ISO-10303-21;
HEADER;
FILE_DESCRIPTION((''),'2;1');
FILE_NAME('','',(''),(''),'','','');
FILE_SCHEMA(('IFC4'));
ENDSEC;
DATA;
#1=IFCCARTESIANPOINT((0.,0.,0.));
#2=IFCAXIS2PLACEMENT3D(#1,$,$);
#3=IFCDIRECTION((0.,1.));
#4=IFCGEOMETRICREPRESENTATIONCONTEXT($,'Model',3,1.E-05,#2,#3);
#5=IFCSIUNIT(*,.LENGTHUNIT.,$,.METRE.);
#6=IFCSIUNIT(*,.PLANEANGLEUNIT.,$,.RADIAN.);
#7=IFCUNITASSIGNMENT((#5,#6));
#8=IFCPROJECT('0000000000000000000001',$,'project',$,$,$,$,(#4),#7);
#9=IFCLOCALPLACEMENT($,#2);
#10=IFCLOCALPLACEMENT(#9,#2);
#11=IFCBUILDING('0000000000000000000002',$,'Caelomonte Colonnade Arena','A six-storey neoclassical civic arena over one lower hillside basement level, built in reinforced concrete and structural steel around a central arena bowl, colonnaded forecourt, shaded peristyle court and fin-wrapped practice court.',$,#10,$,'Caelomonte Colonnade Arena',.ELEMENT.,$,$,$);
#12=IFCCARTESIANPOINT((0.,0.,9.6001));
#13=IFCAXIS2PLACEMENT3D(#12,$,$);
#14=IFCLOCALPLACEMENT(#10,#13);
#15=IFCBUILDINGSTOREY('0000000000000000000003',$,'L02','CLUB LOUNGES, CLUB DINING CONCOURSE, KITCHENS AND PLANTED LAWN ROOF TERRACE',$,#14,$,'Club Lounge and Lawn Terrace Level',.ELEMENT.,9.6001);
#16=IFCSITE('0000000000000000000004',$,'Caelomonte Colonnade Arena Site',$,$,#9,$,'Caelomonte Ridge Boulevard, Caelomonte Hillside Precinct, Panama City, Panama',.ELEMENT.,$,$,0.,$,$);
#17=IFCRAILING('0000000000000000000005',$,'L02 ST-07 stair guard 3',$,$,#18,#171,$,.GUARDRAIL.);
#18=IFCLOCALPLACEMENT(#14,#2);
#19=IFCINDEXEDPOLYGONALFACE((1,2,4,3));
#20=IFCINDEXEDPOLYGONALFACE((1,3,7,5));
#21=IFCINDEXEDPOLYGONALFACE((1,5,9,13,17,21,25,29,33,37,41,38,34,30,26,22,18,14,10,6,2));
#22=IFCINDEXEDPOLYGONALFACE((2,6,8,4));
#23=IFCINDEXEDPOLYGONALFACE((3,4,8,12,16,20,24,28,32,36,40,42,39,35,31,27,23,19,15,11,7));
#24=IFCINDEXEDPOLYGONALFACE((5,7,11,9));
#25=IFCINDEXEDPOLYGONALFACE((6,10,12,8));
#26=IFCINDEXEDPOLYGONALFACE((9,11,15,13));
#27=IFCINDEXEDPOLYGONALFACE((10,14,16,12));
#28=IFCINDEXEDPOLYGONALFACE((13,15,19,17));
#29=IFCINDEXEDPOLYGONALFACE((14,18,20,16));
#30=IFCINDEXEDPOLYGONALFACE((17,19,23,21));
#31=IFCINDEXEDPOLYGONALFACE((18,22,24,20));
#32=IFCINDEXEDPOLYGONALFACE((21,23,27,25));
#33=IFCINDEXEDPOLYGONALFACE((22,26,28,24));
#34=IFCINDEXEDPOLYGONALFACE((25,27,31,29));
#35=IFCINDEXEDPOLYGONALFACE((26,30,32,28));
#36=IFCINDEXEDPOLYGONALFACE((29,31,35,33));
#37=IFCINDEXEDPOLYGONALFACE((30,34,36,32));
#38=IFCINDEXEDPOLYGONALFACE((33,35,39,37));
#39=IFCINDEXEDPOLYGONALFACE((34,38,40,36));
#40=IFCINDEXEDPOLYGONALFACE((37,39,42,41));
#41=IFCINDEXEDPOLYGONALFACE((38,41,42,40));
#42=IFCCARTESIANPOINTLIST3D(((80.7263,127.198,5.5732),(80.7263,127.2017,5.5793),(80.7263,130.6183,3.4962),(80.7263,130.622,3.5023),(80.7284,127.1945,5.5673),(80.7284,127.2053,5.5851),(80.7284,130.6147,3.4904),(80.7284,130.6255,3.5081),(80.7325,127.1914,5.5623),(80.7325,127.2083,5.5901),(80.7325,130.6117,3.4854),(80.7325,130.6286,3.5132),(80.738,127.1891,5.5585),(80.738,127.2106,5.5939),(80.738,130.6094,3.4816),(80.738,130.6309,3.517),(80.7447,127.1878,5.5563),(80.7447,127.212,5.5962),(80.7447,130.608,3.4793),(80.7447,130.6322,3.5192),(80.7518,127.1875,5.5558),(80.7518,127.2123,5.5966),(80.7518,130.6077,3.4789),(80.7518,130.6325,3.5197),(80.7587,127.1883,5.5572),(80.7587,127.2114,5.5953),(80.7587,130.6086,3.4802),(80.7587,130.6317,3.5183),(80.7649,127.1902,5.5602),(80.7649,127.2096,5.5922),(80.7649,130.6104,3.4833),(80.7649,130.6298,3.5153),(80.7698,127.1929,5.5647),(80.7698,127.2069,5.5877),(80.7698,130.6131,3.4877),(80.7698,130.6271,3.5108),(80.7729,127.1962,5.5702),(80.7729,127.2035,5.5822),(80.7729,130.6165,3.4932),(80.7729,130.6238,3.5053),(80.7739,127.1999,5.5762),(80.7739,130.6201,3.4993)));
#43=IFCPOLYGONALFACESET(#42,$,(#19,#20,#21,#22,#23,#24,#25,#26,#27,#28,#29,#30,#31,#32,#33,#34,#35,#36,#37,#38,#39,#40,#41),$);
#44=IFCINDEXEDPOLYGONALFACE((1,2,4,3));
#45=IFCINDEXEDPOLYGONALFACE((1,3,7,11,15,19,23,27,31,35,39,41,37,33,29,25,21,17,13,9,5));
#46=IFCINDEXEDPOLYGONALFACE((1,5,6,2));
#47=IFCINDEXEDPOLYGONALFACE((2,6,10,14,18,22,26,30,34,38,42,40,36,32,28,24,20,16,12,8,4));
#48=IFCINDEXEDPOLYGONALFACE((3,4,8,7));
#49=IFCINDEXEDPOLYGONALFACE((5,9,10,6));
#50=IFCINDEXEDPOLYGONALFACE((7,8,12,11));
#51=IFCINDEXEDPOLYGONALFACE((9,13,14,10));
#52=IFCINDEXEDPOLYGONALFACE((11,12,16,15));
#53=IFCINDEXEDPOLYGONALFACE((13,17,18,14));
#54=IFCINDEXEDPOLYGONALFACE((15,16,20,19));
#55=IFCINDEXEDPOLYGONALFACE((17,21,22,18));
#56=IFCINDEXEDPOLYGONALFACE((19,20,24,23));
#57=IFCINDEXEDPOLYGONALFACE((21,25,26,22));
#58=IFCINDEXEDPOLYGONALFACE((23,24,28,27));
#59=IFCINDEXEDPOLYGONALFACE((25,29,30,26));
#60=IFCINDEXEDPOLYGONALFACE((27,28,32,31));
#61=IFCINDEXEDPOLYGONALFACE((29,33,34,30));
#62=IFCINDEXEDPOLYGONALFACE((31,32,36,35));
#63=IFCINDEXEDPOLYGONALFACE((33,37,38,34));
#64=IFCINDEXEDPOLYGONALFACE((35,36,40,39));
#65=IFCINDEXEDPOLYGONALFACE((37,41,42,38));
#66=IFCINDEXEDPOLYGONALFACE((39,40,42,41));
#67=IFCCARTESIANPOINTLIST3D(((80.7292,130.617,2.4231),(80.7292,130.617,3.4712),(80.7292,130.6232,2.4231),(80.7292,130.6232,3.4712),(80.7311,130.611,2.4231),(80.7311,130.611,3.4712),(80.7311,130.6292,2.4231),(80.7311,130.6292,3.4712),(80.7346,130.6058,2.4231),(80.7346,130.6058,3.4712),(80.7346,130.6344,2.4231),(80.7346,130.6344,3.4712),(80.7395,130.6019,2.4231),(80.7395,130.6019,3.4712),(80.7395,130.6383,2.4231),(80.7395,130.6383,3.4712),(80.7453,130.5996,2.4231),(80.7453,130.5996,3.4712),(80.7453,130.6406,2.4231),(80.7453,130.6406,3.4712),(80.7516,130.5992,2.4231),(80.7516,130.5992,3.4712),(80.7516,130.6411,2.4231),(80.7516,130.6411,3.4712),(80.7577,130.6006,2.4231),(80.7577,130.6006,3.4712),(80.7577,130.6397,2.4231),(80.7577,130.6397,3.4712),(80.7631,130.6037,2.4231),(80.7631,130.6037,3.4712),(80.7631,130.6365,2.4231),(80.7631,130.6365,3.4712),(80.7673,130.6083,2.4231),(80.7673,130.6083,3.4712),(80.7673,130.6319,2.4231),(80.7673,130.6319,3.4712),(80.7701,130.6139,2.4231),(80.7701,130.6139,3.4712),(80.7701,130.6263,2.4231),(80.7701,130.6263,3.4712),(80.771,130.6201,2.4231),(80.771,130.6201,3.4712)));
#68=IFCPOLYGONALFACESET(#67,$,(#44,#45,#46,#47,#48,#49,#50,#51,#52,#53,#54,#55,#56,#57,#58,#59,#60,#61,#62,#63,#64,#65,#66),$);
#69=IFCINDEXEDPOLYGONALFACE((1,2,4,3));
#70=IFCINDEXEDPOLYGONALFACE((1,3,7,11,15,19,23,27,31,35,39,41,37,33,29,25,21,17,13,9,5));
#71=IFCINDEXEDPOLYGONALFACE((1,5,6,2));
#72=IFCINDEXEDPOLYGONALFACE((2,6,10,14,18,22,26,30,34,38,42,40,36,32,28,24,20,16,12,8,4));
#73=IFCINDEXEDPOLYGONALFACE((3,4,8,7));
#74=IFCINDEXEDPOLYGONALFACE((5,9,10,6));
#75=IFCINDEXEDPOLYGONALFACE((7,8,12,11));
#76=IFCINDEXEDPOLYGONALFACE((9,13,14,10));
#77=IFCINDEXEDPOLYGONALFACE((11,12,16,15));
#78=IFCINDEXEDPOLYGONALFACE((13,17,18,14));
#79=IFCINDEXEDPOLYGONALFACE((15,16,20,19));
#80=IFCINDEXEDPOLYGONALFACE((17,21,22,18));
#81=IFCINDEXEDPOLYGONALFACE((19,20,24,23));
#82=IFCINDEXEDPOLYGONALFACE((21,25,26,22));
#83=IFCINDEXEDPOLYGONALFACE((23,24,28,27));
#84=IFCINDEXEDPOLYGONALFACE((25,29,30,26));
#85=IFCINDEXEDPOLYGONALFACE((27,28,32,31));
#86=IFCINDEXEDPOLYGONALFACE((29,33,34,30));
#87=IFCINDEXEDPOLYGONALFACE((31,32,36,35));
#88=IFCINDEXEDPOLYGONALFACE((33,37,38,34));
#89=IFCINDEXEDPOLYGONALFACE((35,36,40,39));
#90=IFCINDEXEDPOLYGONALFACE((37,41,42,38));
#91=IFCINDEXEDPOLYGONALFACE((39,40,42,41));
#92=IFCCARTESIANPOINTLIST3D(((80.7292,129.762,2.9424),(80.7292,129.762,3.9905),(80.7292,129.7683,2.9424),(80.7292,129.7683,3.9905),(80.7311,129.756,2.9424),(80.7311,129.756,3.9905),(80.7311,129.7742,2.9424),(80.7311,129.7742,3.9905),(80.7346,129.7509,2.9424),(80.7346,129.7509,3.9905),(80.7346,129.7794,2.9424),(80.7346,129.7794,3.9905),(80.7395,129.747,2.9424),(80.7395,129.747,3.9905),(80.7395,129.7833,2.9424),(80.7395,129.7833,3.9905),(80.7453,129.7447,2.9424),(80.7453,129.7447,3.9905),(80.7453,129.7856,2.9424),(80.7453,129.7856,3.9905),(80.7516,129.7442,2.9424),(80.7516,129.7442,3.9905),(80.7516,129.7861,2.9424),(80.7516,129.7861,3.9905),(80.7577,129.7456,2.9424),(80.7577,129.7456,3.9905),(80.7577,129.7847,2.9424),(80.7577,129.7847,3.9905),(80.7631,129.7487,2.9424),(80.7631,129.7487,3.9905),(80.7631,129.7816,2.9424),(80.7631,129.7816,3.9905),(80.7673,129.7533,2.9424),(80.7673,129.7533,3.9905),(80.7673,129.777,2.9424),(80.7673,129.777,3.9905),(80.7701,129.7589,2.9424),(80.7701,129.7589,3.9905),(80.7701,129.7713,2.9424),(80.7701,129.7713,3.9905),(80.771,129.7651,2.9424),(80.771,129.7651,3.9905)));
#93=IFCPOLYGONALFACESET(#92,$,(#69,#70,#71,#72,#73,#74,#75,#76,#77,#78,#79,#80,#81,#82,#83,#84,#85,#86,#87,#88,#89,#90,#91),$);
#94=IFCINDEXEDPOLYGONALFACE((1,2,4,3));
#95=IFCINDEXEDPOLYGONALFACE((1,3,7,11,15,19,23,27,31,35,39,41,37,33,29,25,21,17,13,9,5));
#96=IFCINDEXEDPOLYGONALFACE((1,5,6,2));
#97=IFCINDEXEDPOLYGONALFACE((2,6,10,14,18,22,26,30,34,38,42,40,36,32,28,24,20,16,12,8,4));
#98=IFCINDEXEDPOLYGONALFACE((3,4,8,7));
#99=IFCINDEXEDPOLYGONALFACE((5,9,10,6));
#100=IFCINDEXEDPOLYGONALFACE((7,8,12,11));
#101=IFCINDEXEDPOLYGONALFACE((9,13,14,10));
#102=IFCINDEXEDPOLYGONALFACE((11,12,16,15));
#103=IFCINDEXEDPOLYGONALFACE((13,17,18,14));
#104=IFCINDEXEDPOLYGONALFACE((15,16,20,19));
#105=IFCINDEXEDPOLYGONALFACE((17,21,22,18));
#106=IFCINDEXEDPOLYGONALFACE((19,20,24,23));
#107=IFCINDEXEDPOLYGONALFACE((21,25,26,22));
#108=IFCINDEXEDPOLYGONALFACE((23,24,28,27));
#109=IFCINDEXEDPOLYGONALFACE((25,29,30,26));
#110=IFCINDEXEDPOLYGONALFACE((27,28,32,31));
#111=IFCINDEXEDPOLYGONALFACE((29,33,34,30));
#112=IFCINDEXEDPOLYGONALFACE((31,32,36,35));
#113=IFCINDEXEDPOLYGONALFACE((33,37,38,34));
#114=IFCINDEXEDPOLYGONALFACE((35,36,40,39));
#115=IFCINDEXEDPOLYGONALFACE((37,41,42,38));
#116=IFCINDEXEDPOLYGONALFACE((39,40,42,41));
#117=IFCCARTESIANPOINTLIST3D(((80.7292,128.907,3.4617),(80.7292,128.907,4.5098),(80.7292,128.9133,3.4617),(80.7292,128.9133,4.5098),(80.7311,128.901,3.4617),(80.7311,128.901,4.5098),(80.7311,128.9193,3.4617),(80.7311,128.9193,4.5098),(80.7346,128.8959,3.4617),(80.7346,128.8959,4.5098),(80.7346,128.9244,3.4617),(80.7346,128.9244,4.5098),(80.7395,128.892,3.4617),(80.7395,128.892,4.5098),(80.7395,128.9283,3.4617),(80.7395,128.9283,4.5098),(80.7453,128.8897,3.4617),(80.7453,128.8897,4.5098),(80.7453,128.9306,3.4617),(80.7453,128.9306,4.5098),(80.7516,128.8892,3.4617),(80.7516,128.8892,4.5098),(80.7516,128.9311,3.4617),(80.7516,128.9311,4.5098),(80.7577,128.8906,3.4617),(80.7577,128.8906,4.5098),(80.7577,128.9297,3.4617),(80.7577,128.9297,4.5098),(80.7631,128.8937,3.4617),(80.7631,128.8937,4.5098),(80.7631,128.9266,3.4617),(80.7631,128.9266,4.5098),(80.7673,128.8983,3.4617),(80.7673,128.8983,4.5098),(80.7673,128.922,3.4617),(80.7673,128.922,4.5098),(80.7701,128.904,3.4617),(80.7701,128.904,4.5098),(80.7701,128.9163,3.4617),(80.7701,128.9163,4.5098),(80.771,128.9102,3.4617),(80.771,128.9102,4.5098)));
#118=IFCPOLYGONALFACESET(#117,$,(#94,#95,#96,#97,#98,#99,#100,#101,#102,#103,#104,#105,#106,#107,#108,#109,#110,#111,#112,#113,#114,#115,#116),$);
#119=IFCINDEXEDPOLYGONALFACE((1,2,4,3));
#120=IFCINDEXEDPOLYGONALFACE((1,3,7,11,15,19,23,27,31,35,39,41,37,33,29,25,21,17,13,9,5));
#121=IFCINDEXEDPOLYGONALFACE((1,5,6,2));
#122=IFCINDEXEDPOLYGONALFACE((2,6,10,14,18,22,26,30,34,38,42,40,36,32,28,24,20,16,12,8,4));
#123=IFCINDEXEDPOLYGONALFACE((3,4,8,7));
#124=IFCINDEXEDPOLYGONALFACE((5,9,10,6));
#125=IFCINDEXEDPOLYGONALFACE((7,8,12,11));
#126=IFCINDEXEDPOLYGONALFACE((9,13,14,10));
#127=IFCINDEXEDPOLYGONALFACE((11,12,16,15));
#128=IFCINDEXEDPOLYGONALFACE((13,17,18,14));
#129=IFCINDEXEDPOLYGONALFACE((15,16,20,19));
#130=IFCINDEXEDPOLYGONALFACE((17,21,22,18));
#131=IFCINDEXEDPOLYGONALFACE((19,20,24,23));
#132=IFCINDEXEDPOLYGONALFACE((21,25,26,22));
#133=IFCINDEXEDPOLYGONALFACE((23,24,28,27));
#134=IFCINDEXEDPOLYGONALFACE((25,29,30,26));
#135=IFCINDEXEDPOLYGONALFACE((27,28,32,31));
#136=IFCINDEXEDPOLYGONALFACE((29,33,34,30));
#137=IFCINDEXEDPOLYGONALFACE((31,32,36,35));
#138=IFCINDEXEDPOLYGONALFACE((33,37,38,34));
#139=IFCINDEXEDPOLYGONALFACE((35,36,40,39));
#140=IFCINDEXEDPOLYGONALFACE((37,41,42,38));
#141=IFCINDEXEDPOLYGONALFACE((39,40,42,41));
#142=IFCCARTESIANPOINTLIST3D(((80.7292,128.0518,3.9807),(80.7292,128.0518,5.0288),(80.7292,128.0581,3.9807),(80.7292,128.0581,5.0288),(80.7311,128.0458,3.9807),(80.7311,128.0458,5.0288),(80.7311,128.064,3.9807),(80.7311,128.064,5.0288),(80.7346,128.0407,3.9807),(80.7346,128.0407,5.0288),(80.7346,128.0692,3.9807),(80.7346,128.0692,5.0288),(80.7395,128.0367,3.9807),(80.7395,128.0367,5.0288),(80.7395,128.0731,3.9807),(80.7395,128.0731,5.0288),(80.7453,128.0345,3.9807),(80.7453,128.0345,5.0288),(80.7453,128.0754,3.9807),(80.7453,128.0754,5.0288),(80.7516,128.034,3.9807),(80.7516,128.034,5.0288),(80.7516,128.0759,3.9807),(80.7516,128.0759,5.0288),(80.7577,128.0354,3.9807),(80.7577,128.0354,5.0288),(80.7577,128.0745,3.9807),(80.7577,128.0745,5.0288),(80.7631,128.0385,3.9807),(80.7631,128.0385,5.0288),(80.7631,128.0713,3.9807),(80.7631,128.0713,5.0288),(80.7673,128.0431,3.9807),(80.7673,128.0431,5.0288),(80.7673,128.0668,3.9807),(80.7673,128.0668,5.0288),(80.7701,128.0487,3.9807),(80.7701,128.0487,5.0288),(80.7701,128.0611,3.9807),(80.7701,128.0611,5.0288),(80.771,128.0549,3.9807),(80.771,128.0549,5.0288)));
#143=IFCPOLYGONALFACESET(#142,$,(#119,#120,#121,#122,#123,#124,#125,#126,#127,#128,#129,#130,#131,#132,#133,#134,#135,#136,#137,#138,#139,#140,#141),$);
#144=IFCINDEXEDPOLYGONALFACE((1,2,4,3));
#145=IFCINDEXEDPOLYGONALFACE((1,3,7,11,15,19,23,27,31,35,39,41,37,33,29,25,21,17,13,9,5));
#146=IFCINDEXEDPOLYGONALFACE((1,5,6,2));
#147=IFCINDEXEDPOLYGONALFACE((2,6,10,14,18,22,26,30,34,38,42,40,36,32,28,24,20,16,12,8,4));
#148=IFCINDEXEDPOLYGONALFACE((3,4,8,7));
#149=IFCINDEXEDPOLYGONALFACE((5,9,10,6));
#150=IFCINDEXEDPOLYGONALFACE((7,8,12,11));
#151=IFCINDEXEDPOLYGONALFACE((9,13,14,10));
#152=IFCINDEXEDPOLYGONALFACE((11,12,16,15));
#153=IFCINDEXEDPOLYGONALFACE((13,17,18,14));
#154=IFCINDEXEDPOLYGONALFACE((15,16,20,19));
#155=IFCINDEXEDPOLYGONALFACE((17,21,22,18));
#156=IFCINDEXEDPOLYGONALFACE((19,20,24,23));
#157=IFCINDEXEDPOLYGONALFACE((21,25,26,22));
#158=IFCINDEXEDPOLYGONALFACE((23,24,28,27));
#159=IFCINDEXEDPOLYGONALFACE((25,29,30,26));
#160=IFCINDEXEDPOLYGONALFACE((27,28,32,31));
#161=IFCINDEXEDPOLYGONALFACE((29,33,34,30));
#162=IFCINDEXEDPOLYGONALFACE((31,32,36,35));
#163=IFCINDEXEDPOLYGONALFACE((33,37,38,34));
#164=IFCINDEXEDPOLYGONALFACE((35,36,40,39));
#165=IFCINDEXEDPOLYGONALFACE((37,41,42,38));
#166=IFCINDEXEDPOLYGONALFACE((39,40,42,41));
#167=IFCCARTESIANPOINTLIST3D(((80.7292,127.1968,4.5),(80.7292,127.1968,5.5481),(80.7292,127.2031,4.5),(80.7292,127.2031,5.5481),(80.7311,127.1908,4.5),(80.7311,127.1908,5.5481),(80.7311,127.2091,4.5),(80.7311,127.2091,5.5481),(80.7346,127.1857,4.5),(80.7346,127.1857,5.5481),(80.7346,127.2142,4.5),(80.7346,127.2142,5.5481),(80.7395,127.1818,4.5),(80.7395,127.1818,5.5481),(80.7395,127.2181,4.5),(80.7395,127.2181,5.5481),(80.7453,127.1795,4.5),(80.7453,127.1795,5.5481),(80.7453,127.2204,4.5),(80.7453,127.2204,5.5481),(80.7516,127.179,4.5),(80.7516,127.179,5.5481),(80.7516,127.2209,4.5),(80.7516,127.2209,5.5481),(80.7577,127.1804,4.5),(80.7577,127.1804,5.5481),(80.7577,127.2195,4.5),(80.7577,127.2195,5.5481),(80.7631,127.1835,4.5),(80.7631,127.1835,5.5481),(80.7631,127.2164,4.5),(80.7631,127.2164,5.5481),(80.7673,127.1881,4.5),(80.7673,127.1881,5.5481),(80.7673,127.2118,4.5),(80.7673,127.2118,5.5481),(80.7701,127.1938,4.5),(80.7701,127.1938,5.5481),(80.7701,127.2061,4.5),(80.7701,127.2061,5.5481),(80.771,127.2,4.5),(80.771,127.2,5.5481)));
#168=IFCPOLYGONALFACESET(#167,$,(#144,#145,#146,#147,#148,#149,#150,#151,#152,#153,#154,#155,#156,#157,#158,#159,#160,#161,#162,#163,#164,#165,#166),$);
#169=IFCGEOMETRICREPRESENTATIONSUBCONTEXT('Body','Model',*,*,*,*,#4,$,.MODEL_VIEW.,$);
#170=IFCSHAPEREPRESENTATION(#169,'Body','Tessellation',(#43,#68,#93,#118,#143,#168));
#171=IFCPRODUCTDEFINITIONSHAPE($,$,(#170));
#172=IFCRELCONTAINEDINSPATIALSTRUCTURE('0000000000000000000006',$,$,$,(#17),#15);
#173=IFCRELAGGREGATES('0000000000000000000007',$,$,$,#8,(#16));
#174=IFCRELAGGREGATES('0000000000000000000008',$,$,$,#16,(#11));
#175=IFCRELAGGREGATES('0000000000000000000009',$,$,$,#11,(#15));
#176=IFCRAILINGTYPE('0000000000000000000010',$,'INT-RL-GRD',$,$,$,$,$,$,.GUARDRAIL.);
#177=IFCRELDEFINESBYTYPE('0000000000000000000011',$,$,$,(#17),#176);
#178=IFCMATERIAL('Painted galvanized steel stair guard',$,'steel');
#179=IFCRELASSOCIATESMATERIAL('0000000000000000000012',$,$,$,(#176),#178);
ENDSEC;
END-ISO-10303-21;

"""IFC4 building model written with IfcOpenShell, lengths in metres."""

from ifc_helpers import new_model, si_unit, direction, frame, origin, origin_2d, place, context, subcontext, project, spatial, circle, extrude, material, type_object, element, save


model = new_model("IFC4")

# Units and contexts
model_context = context("Model", 3, precision=1e-05, world=origin(), true_north=direction((0.0, 1.0)))
body_context = subcontext(model_context, "Body", "Model", "MODEL_VIEW")
ifc_project = project(units=[si_unit("LENGTHUNIT", "METRE"), si_unit("PLANEANGLEUNIT", "RADIAN")], contexts=[model_context])

# Site, building, storey
site_placement = place(None, origin())
site = spatial("IfcSite", under=ifc_project, at=site_placement, Name="Caelomonte Colonnade Arena Site", LongName="Caelomonte Ridge Boulevard, Caelomonte Hillside Precinct, Panama City, Panama", CompositionType="ELEMENT", RefElevation=0.0)
building_placement = place(site_placement, origin())
building = spatial("IfcBuilding", under=site, at=building_placement, Name="Caelomonte Colonnade Arena", Description="A six-storey neoclassical civic arena over one lower hillside basement level, built in reinforced concrete and structural steel around a central arena bowl, colonnaded forecourt, shaded peristyle court and fin-wrapped practice court.", LongName="Caelomonte Colonnade Arena", CompositionType="ELEMENT")
storey_placement = place(building_placement, frame((0.0, 0.0, 9.6001)))
storey = spatial("IfcBuildingStorey", under=building, at=storey_placement, Name="L02", Description="CLUB LOUNGES, CLUB DINING CONCOURSE, KITCHENS AND PLANTED LAWN ROOF TERRACE", LongName="Club Lounge and Lawn Terrace Level", CompositionType="ELEMENT", Elevation=9.6001)

# Railing
ifc_material_1 = material(Name="Painted galvanized steel stair guard", Category="steel")
railing_type_1 = type_object("IfcRailingType", Name="INT-RL-GRD", PredefinedType="GUARDRAIL", material=ifc_material_1)
railing_1_placement = place(storey_placement, frame((80.75, 130.6201, 2.4231)))
element("IfcRailing", 1, at=railing_1_placement, inside=storey, type_object=railing_type_1, Name="L02 ST-07 stair guard 3", PredefinedType="GUARDRAIL", context=body_context, shape_type="SweptSolid", body=[
    extrude(circle(Radius=0.0239, at=origin_2d()), frame((0.0, 0.0, 1.0762), z_axis=(0.0, -0.854746, 0.519047), x_axis=(1.0, 0.0, 0.0)), (0.0, 0.0, 1.0), 4.0015),
    extrude(circle(Radius=0.021, at=origin_2d()), origin(), (0.0, 0.0, 1.0), 1.0481),
    extrude(circle(Radius=0.021, at=origin_2d()), frame((0.0, -0.855, 0.5193)), (0.0, 0.0, 1.0), 1.0481),
    extrude(circle(Radius=0.021, at=origin_2d()), frame((0.0, -1.71, 1.0386)), (0.0, 0.0, 1.0), 1.0481),
    extrude(circle(Radius=0.021, at=origin_2d()), frame((0.0, -2.5652, 1.5576)), (0.0, 0.0, 1.0), 1.0481),
    extrude(circle(Radius=0.021, at=origin_2d()), frame((0.0, -3.4202, 2.0769)), (0.0, 0.0, 1.0), 1.0481),
])

save(model, "model.ifc")
